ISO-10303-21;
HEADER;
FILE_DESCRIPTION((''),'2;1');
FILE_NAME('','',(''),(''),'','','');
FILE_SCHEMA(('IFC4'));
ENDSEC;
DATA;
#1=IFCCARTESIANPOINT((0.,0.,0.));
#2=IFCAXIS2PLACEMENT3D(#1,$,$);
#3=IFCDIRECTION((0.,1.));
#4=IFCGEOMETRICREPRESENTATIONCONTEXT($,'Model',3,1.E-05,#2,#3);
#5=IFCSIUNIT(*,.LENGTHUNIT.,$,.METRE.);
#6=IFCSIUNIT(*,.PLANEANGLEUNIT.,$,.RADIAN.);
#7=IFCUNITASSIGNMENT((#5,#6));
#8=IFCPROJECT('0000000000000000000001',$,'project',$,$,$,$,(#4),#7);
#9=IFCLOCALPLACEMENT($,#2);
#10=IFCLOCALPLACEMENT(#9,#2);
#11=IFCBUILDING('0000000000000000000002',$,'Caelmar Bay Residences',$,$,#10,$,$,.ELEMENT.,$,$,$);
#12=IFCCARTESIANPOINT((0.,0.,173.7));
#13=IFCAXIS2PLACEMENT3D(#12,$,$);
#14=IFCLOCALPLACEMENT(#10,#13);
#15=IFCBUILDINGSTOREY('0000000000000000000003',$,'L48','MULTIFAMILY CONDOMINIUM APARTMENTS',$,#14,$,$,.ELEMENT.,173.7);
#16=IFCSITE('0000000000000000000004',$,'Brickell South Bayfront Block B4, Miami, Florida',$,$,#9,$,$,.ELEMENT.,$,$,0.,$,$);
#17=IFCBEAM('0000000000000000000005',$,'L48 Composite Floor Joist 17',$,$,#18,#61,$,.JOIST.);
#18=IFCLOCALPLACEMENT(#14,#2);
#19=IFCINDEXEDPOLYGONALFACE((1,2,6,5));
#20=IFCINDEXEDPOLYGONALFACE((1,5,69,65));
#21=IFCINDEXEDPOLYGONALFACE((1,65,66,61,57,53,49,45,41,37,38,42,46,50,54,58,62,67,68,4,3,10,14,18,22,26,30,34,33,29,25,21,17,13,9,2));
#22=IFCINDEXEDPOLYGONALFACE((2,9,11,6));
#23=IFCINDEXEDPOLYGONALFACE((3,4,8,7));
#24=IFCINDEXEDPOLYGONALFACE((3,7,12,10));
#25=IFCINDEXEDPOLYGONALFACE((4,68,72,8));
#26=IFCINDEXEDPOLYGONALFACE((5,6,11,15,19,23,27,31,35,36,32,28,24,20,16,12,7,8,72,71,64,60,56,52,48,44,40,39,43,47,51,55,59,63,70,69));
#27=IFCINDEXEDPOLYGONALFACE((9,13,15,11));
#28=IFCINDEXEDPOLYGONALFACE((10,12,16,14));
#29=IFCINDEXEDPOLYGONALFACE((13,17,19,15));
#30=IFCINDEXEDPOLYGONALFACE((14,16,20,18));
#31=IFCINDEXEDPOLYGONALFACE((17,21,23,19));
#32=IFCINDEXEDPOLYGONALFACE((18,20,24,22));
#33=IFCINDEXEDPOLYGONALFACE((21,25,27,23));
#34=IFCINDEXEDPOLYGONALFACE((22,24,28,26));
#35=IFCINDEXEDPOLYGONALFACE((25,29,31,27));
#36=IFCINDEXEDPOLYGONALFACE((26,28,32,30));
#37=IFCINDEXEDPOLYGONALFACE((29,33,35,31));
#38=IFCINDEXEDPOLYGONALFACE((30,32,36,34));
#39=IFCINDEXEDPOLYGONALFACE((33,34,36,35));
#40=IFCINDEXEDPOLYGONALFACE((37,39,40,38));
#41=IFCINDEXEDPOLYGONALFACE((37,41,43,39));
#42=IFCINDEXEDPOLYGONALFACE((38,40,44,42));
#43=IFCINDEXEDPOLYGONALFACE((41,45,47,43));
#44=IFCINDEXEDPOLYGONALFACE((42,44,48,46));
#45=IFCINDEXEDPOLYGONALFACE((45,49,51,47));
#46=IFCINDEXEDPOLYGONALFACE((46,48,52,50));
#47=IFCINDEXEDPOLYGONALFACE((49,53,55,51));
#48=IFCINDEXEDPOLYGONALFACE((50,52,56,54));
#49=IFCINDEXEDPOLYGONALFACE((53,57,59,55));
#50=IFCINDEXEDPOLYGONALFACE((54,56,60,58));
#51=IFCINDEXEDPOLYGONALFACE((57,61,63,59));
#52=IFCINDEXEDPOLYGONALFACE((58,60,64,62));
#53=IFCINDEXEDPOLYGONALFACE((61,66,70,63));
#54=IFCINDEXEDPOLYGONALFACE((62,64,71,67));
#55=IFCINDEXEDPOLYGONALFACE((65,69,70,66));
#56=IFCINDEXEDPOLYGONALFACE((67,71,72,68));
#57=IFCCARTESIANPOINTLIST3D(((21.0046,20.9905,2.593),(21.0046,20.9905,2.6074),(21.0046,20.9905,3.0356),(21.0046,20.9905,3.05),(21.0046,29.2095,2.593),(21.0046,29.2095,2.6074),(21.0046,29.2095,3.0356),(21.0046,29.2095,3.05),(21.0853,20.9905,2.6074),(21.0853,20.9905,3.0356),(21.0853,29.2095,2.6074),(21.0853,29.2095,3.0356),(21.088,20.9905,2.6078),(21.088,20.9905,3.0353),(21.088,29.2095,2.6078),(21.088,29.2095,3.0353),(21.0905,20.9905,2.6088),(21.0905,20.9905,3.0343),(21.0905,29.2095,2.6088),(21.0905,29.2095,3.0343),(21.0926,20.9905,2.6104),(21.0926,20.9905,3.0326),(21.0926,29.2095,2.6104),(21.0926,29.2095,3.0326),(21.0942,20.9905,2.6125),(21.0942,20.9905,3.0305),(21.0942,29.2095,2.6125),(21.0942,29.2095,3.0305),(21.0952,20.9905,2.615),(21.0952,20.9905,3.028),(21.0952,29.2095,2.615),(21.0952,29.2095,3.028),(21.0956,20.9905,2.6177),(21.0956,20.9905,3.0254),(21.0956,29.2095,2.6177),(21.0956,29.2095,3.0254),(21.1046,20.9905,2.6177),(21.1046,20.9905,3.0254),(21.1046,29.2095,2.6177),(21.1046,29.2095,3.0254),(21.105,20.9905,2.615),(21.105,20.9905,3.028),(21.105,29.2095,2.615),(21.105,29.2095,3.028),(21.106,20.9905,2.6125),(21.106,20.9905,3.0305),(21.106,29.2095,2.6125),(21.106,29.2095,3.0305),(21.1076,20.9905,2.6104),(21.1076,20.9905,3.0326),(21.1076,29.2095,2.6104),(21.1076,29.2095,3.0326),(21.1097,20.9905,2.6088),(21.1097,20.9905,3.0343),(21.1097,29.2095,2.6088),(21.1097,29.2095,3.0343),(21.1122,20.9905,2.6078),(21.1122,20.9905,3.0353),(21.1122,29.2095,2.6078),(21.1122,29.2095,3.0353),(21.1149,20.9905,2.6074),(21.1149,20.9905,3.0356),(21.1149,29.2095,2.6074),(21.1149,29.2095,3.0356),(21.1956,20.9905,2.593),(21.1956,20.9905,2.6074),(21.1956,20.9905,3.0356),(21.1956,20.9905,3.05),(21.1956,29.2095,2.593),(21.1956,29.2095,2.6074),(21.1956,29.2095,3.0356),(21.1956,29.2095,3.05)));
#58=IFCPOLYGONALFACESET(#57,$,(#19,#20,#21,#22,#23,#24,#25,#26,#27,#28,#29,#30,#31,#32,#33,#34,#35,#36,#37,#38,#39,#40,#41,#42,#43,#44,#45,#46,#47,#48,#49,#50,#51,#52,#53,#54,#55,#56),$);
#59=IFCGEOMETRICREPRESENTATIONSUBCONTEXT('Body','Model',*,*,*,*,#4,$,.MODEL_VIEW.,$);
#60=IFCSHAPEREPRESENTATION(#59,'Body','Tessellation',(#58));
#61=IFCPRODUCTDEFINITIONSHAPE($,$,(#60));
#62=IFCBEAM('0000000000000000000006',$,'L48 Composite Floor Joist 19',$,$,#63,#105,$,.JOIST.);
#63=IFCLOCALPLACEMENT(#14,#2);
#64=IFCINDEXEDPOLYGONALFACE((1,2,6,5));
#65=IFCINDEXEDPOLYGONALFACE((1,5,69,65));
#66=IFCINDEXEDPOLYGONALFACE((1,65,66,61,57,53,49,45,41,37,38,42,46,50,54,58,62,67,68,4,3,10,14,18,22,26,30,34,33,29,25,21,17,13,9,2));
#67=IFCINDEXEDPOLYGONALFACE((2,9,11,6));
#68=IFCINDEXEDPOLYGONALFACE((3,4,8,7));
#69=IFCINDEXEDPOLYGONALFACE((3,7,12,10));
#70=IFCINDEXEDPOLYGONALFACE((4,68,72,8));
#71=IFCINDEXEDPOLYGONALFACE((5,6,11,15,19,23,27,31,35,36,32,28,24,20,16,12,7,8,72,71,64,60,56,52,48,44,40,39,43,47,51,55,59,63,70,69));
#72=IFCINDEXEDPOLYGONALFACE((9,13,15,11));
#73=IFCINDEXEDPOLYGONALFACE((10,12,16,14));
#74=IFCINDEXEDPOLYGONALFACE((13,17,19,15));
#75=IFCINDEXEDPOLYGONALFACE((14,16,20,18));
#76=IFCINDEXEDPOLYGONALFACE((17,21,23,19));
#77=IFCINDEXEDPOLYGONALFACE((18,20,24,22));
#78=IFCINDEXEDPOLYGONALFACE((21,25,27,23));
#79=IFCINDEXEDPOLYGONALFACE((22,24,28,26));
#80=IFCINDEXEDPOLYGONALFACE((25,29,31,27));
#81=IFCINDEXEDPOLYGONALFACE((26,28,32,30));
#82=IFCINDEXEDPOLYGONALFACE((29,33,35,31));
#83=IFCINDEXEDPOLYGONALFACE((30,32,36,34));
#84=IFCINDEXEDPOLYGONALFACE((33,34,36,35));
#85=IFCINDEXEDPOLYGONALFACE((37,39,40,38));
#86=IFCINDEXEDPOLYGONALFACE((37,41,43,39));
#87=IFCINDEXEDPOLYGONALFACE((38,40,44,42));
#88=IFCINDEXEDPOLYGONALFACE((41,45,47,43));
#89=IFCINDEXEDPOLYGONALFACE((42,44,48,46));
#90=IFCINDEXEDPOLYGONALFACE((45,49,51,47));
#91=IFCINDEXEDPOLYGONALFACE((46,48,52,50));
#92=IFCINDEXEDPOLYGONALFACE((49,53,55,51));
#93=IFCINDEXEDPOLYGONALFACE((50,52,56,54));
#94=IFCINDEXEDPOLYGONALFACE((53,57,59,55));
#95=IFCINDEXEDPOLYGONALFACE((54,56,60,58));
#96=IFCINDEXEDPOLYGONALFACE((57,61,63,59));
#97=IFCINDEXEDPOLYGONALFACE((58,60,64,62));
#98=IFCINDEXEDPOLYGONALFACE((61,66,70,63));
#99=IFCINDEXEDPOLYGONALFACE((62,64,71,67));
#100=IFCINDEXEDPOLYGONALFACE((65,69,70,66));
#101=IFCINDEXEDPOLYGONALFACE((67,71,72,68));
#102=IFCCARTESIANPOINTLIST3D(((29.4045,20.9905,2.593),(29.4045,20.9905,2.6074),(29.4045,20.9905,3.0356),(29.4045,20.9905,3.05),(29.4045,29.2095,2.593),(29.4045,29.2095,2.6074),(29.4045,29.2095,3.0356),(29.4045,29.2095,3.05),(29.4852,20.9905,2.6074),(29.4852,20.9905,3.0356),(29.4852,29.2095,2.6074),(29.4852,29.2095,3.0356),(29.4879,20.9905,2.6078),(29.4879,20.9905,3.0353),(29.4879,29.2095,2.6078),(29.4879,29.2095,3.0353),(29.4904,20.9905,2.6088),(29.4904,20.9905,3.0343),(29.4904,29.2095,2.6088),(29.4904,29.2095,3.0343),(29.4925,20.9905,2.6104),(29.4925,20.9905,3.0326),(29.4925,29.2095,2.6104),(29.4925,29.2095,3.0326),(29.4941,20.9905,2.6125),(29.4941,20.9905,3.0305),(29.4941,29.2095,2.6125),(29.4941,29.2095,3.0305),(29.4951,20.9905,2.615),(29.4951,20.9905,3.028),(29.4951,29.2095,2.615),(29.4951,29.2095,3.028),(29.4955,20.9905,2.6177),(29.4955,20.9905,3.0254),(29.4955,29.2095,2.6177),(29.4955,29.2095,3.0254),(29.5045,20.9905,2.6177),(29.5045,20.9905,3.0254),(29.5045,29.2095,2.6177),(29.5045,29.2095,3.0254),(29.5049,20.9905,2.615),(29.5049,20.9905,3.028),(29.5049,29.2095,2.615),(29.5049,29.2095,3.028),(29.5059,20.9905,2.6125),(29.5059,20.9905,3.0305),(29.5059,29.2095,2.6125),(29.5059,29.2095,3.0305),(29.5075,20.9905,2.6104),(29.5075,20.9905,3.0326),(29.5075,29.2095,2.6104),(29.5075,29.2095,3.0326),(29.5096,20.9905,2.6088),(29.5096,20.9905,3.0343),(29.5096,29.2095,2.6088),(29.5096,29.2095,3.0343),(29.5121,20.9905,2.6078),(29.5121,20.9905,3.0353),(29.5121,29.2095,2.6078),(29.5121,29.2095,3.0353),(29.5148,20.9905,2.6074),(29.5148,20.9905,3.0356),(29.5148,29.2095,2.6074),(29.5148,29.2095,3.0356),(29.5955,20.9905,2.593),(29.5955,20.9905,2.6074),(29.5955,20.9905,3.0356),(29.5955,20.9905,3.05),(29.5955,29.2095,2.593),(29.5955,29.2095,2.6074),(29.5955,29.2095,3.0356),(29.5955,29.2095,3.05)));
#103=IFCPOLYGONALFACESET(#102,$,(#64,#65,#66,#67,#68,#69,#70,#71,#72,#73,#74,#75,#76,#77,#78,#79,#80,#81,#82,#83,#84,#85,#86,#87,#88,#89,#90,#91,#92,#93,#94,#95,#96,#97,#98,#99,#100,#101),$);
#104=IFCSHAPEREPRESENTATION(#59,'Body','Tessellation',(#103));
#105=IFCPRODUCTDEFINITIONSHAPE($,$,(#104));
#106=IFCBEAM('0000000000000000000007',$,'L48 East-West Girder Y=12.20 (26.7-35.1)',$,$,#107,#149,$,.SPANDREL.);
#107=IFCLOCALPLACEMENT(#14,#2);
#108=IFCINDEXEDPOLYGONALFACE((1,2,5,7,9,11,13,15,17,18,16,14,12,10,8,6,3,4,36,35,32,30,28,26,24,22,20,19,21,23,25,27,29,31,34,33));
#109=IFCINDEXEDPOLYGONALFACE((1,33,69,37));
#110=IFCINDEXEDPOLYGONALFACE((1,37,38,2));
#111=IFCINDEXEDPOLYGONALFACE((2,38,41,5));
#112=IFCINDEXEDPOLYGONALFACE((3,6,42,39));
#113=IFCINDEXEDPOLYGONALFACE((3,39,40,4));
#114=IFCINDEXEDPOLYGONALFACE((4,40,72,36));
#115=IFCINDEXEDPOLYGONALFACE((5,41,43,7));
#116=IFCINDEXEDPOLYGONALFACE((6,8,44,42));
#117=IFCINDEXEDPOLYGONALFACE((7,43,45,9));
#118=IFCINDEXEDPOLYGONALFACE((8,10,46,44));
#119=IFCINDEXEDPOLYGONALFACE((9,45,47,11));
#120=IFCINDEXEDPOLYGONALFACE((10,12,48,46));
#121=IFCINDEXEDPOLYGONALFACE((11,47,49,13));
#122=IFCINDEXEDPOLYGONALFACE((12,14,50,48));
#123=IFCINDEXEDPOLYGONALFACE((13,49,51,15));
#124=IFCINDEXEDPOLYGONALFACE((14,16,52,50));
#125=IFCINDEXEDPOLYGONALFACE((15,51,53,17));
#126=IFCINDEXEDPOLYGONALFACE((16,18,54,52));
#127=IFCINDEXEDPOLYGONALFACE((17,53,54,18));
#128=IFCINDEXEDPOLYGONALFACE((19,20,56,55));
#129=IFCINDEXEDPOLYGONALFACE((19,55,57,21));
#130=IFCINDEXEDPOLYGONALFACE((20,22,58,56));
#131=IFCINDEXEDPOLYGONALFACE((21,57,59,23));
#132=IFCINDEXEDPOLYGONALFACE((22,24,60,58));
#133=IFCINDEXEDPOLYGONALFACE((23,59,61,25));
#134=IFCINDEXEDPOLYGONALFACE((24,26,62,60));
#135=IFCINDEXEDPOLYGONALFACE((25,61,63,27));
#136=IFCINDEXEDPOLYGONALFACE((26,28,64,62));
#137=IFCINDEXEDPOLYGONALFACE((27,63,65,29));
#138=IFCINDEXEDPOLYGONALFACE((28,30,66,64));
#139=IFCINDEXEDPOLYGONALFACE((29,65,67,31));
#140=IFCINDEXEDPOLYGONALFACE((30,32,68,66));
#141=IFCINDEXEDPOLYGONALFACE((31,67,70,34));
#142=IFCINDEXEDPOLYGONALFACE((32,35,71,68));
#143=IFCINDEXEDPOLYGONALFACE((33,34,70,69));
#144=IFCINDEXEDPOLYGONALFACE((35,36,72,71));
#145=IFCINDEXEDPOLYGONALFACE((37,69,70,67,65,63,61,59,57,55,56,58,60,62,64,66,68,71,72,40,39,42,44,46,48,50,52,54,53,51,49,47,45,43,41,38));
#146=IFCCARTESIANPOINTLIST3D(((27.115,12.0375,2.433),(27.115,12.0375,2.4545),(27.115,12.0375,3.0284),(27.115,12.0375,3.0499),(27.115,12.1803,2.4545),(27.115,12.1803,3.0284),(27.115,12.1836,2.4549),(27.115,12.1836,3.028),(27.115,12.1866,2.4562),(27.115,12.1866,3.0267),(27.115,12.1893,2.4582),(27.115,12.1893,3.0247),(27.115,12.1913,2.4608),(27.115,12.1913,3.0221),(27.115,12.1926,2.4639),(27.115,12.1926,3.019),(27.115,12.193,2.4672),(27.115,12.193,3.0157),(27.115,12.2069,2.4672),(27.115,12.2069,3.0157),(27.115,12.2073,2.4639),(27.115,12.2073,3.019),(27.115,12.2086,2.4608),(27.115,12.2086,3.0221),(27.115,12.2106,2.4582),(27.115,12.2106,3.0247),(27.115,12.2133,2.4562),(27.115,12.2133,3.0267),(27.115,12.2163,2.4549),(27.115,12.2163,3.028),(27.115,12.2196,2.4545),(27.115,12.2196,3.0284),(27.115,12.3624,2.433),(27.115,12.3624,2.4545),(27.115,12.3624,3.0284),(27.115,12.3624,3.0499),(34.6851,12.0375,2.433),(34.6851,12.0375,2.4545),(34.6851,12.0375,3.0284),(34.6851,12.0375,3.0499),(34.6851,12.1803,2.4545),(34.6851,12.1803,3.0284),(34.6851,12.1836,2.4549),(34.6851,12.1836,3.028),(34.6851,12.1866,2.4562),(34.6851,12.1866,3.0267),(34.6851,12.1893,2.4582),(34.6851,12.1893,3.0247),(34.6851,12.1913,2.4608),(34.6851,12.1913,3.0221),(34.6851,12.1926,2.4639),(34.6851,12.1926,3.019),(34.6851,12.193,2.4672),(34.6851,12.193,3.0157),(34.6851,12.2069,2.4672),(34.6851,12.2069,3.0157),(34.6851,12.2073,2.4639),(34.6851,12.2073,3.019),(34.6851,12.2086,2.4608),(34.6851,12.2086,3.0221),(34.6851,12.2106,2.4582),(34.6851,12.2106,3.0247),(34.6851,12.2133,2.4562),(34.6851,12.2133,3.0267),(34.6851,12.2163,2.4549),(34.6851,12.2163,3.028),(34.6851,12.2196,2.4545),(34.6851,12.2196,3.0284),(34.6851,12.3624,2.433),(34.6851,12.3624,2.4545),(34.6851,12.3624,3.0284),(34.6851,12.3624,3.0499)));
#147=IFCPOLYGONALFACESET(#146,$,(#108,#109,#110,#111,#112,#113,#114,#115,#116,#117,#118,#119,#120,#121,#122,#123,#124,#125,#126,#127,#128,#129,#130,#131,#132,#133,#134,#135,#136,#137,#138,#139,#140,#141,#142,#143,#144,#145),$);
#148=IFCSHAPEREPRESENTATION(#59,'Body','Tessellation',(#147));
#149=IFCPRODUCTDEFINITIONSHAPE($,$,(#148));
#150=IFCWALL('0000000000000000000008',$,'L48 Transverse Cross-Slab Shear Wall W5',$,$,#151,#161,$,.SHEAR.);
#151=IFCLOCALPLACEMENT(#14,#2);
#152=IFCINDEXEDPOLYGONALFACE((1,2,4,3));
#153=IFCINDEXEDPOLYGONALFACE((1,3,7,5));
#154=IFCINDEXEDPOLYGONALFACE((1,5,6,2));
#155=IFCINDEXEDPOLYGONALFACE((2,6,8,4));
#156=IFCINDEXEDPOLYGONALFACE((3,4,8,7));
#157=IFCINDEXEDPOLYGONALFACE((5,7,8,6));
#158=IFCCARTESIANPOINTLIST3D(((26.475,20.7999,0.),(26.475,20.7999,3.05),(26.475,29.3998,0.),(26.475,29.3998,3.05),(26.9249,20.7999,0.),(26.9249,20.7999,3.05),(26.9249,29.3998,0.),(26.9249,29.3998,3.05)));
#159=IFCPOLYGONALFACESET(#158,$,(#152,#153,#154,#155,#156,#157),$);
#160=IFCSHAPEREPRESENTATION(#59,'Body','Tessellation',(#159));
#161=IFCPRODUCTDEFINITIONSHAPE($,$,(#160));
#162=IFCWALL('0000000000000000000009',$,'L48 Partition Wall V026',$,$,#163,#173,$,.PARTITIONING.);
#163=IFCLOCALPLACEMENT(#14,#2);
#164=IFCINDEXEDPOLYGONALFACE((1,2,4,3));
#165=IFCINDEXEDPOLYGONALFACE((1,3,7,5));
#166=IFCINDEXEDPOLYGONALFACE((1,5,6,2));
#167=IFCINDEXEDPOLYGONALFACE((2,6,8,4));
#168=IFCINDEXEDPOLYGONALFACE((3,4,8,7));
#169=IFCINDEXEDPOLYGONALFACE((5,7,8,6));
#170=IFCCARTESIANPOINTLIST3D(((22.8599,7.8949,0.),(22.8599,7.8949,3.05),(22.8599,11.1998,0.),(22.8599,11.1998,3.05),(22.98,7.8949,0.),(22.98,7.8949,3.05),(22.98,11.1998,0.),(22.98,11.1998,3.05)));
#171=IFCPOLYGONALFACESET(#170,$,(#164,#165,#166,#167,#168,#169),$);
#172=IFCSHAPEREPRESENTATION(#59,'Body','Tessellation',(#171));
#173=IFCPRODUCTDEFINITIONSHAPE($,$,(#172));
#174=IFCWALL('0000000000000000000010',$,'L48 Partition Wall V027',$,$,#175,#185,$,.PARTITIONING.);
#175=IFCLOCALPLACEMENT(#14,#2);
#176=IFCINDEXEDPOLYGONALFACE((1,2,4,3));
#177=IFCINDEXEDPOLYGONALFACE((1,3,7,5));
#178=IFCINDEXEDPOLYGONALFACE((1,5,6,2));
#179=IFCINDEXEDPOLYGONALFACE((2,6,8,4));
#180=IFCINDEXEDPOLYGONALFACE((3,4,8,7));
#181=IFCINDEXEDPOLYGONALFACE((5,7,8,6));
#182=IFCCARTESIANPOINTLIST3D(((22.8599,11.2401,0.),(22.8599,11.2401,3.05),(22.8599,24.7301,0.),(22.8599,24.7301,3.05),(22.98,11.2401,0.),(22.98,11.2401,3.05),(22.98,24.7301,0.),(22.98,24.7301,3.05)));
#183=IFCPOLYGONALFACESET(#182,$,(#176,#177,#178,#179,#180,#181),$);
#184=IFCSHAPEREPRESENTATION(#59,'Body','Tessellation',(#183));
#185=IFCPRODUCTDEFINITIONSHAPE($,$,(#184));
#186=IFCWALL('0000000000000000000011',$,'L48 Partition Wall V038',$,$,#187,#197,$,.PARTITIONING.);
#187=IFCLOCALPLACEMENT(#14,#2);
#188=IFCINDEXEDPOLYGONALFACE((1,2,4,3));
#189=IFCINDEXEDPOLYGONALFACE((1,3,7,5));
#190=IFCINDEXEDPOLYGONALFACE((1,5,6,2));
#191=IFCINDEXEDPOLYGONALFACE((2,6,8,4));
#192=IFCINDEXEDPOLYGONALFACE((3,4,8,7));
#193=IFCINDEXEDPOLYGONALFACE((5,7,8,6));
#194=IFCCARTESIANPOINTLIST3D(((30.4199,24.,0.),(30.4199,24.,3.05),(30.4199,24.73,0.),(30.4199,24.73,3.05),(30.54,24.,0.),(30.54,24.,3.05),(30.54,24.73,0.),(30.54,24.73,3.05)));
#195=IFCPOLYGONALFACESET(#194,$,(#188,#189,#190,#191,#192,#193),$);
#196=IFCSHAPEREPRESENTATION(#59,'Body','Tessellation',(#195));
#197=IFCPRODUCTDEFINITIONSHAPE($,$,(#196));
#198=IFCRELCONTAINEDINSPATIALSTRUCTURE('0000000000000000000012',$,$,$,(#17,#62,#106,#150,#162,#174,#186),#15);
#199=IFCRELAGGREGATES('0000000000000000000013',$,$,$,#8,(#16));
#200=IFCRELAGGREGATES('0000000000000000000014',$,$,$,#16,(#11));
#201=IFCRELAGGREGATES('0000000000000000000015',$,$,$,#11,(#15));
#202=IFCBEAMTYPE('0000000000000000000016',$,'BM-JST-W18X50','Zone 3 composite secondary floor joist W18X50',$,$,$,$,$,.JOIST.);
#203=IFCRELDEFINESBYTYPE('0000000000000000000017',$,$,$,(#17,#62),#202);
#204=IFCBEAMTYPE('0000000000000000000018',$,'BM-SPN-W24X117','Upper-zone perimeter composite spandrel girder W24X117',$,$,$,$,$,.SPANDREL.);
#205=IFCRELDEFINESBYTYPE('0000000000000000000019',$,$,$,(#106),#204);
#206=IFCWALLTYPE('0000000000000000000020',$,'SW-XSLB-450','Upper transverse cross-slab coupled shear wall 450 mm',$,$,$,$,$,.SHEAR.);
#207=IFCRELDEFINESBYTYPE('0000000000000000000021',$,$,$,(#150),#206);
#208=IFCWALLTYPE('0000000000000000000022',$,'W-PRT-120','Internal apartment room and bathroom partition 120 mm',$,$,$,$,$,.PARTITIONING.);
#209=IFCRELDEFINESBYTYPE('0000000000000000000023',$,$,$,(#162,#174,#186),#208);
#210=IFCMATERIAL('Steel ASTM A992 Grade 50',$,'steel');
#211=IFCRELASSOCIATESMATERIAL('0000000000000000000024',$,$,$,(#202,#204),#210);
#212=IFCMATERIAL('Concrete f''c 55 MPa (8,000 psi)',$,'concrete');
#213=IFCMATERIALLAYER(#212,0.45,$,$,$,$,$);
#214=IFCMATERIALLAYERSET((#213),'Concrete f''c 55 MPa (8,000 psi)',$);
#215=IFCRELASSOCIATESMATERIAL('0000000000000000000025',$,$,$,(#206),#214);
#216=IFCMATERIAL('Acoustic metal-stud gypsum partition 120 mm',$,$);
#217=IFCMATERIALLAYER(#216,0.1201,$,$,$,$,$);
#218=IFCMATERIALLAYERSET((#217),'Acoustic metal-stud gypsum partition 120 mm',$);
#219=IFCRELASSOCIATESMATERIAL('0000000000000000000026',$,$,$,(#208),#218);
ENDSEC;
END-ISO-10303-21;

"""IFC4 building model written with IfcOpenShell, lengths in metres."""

from ifc_helpers import new_model, si_unit, direction, frame, frame_2d, origin, origin_2d, place, context, subcontext, project, spatial, rectangle, i_section, extrude, material, layer, layer_set, material_profile, profile_set, type_object, element, save


model = new_model("IFC4")

# Units and contexts
model_context = context("Model", 3, precision=1e-05, world=origin(), true_north=direction((0.0, 1.0)))
body_context = subcontext(model_context, "Body", "Model", "MODEL_VIEW")
ifc_project = project(units=[si_unit("LENGTHUNIT", "METRE"), si_unit("PLANEANGLEUNIT", "RADIAN")], contexts=[model_context])

# Site, building, storey
site_placement = place(None, origin())
site = spatial("IfcSite", under=ifc_project, at=site_placement, Name="Brickell South Bayfront Block B4, Miami, Florida", CompositionType="ELEMENT", RefElevation=0.0)
building_placement = place(site_placement, origin())
building = spatial("IfcBuilding", under=site, at=building_placement, Name="Caelmar Bay Residences", CompositionType="ELEMENT")
storey_placement = place(building_placement, frame((0.0, 0.0, 173.7)))
storey = spatial("IfcBuildingStorey", under=building, at=storey_placement, Name="L48", Description="MULTIFAMILY CONDOMINIUM APARTMENTS", CompositionType="ELEMENT", Elevation=173.7)

# Shared definitions
ifc_material_1 = material(Name="Concrete f'c 55 MPa (8,000 psi)", Category="concrete")

# Beams
ifc_material_2 = material(Name="Steel ASTM A992 Grade 50", Category="steel")
ifc_material_profile_1 = material_profile(ifc_material_2, i_section(OverallWidth=0.1909, OverallDepth=0.457, WebThickness=0.009, FlangeThickness=0.0144, FilletRadius=0.0103, at=origin_2d()), Name="W18X50")
ifc_profile_set_1 = profile_set([ifc_material_profile_1], Name="Steel ASTM A992 Grade 50")
beam_type_1 = type_object("IfcBeamType", Name="BM-JST-W18X50", Description="Zone 3 composite secondary floor joist W18X50", PredefinedType="JOIST", material=ifc_profile_set_1)
for number, where, z_axis, x_axis, name in (
    (1, (21.1001, 20.9905, 2.8215), (0.0, 1.0, 0.0), (-1.0, 0.0, 0.0), "L48 Composite Floor Joist 17"),
    (2, (29.5, 20.9905, 2.8215), (0.0, 1.0, 0.0), (-1.0, 0.0, 0.0), "L48 Composite Floor Joist 19"),
):
    element("IfcBeam", number, at=place(storey_placement, frame(where, z_axis=z_axis, x_axis=x_axis)), inside=storey, type_object=beam_type_1, Name=name, PredefinedType="JOIST", context=body_context, shape_type="SweptSolid", body=[
        extrude(i_section(OverallWidth=0.1909, OverallDepth=0.457, WebThickness=0.009, FlangeThickness=0.0144, FilletRadius=0.0103, at=origin_2d()), origin(), (0.0, 0.0, 1.0), 8.219),
    ])
ifc_material_profile_2 = material_profile(ifc_material_2, i_section(OverallWidth=0.325, OverallDepth=0.6169, WebThickness=0.0139, FlangeThickness=0.0215, FilletRadius=0.0127, at=origin_2d()), Name="W24X117")
ifc_profile_set_2 = profile_set([ifc_material_profile_2], Name="Steel ASTM A992 Grade 50")
beam_type_2 = type_object("IfcBeamType", Name="BM-SPN-W24X117", Description="Upper-zone perimeter composite spandrel girder W24X117", PredefinedType="SPANDREL", material=ifc_profile_set_2)
beam_1_placement = place(storey_placement, frame((27.115, 12.2, 2.7415), z_axis=(1.0, 0.0, 0.0), x_axis=(0.0, 1.0, 0.0)))
element("IfcBeam", 3, at=beam_1_placement, inside=storey, type_object=beam_type_2, Name="L48 East-West Girder Y=12.20 (26.7-35.1)", PredefinedType="SPANDREL", context=body_context, shape_type="SweptSolid", body=[
    extrude(i_section(OverallWidth=0.325, OverallDepth=0.6169, WebThickness=0.0139, FlangeThickness=0.0215, FilletRadius=0.0127, at=origin_2d()), origin(), (0.0, 0.0, 1.0), 7.5701),
])

# Walls
ifc_layer_1 = layer(ifc_material_1, 0.45)
ifc_layer_set_1 = layer_set([ifc_layer_1], Name="Concrete f'c 55 MPa (8,000 psi)")
wall_type_1 = type_object("IfcWallType", Name="SW-XSLB-450", Description="Upper transverse cross-slab coupled shear wall 450 mm", PredefinedType="SHEAR", material=ifc_layer_set_1)
wall_1_placement = place(storey_placement, frame((26.7, 20.8, 0.0), z_axis=(0.0, 0.0, 1.0), x_axis=(0.0, 1.0, 0.0)))
element("IfcWall", 4, at=wall_1_placement, inside=storey, type_object=wall_type_1, Name="L48 Transverse Cross-Slab Shear Wall W5", PredefinedType="SHEAR", context=body_context, shape_type="SweptSolid", body=[
    extrude(rectangle(XDim=8.5999, YDim=0.45, at=frame_2d((4.2998, 0.0))), origin(), (0.0, 0.0, 1.0), 3.05),
])
ifc_material_3 = material(Name="Acoustic metal-stud gypsum partition 120 mm")
ifc_layer_2 = layer(ifc_material_3, 0.1201)
ifc_layer_set_2 = layer_set([ifc_layer_2], Name="Acoustic metal-stud gypsum partition 120 mm")
wall_type_2 = type_object("IfcWallType", Name="W-PRT-120", Description="Internal apartment room and bathroom partition 120 mm", PredefinedType="PARTITIONING", material=ifc_layer_set_2)
wall_2_placement = place(storey_placement, frame((22.9199, 7.895, 0.0), z_axis=(0.0, 0.0, 1.0), x_axis=(0.0, 1.0, 0.0)))
element("IfcWall", 5, at=wall_2_placement, inside=storey, type_object=wall_type_2, Name="L48 Partition Wall V026", PredefinedType="PARTITIONING", context=body_context, shape_type="SweptSolid", body=[
    extrude(rectangle(XDim=3.3049, YDim=0.1201, at=frame_2d((1.6523, 0.0))), origin(), (0.0, 0.0, 1.0), 3.05),
])
wall_3_placement = place(storey_placement, frame((22.9199, 11.24, 0.0), z_axis=(0.0, 0.0, 1.0), x_axis=(0.0, 1.0, 0.0)))
element("IfcWall", 6, at=wall_3_placement, inside=storey, type_object=wall_type_2, Name="L48 Partition Wall V027", PredefinedType="PARTITIONING", context=body_context, shape_type="SweptSolid", body=[
    extrude(rectangle(XDim=13.49, YDim=0.1201, at=frame_2d((6.7451, 0.0))), origin(), (0.0, 0.0, 1.0), 3.05),
])
wall_4_placement = place(storey_placement, frame((30.48, 24.0, 0.0), z_axis=(0.0, 0.0, 1.0), x_axis=(0.0, 1.0, 0.0)))
element("IfcWall", 7, at=wall_4_placement, inside=storey, type_object=wall_type_2, Name="L48 Partition Wall V038", PredefinedType="PARTITIONING", context=body_context, shape_type="SweptSolid", body=[
    extrude(rectangle(XDim=0.73, YDim=0.1201, at=frame_2d((0.365, 0.0))), origin(), (0.0, 0.0, 1.0), 3.05),
])

save(model, "model.ifc")
